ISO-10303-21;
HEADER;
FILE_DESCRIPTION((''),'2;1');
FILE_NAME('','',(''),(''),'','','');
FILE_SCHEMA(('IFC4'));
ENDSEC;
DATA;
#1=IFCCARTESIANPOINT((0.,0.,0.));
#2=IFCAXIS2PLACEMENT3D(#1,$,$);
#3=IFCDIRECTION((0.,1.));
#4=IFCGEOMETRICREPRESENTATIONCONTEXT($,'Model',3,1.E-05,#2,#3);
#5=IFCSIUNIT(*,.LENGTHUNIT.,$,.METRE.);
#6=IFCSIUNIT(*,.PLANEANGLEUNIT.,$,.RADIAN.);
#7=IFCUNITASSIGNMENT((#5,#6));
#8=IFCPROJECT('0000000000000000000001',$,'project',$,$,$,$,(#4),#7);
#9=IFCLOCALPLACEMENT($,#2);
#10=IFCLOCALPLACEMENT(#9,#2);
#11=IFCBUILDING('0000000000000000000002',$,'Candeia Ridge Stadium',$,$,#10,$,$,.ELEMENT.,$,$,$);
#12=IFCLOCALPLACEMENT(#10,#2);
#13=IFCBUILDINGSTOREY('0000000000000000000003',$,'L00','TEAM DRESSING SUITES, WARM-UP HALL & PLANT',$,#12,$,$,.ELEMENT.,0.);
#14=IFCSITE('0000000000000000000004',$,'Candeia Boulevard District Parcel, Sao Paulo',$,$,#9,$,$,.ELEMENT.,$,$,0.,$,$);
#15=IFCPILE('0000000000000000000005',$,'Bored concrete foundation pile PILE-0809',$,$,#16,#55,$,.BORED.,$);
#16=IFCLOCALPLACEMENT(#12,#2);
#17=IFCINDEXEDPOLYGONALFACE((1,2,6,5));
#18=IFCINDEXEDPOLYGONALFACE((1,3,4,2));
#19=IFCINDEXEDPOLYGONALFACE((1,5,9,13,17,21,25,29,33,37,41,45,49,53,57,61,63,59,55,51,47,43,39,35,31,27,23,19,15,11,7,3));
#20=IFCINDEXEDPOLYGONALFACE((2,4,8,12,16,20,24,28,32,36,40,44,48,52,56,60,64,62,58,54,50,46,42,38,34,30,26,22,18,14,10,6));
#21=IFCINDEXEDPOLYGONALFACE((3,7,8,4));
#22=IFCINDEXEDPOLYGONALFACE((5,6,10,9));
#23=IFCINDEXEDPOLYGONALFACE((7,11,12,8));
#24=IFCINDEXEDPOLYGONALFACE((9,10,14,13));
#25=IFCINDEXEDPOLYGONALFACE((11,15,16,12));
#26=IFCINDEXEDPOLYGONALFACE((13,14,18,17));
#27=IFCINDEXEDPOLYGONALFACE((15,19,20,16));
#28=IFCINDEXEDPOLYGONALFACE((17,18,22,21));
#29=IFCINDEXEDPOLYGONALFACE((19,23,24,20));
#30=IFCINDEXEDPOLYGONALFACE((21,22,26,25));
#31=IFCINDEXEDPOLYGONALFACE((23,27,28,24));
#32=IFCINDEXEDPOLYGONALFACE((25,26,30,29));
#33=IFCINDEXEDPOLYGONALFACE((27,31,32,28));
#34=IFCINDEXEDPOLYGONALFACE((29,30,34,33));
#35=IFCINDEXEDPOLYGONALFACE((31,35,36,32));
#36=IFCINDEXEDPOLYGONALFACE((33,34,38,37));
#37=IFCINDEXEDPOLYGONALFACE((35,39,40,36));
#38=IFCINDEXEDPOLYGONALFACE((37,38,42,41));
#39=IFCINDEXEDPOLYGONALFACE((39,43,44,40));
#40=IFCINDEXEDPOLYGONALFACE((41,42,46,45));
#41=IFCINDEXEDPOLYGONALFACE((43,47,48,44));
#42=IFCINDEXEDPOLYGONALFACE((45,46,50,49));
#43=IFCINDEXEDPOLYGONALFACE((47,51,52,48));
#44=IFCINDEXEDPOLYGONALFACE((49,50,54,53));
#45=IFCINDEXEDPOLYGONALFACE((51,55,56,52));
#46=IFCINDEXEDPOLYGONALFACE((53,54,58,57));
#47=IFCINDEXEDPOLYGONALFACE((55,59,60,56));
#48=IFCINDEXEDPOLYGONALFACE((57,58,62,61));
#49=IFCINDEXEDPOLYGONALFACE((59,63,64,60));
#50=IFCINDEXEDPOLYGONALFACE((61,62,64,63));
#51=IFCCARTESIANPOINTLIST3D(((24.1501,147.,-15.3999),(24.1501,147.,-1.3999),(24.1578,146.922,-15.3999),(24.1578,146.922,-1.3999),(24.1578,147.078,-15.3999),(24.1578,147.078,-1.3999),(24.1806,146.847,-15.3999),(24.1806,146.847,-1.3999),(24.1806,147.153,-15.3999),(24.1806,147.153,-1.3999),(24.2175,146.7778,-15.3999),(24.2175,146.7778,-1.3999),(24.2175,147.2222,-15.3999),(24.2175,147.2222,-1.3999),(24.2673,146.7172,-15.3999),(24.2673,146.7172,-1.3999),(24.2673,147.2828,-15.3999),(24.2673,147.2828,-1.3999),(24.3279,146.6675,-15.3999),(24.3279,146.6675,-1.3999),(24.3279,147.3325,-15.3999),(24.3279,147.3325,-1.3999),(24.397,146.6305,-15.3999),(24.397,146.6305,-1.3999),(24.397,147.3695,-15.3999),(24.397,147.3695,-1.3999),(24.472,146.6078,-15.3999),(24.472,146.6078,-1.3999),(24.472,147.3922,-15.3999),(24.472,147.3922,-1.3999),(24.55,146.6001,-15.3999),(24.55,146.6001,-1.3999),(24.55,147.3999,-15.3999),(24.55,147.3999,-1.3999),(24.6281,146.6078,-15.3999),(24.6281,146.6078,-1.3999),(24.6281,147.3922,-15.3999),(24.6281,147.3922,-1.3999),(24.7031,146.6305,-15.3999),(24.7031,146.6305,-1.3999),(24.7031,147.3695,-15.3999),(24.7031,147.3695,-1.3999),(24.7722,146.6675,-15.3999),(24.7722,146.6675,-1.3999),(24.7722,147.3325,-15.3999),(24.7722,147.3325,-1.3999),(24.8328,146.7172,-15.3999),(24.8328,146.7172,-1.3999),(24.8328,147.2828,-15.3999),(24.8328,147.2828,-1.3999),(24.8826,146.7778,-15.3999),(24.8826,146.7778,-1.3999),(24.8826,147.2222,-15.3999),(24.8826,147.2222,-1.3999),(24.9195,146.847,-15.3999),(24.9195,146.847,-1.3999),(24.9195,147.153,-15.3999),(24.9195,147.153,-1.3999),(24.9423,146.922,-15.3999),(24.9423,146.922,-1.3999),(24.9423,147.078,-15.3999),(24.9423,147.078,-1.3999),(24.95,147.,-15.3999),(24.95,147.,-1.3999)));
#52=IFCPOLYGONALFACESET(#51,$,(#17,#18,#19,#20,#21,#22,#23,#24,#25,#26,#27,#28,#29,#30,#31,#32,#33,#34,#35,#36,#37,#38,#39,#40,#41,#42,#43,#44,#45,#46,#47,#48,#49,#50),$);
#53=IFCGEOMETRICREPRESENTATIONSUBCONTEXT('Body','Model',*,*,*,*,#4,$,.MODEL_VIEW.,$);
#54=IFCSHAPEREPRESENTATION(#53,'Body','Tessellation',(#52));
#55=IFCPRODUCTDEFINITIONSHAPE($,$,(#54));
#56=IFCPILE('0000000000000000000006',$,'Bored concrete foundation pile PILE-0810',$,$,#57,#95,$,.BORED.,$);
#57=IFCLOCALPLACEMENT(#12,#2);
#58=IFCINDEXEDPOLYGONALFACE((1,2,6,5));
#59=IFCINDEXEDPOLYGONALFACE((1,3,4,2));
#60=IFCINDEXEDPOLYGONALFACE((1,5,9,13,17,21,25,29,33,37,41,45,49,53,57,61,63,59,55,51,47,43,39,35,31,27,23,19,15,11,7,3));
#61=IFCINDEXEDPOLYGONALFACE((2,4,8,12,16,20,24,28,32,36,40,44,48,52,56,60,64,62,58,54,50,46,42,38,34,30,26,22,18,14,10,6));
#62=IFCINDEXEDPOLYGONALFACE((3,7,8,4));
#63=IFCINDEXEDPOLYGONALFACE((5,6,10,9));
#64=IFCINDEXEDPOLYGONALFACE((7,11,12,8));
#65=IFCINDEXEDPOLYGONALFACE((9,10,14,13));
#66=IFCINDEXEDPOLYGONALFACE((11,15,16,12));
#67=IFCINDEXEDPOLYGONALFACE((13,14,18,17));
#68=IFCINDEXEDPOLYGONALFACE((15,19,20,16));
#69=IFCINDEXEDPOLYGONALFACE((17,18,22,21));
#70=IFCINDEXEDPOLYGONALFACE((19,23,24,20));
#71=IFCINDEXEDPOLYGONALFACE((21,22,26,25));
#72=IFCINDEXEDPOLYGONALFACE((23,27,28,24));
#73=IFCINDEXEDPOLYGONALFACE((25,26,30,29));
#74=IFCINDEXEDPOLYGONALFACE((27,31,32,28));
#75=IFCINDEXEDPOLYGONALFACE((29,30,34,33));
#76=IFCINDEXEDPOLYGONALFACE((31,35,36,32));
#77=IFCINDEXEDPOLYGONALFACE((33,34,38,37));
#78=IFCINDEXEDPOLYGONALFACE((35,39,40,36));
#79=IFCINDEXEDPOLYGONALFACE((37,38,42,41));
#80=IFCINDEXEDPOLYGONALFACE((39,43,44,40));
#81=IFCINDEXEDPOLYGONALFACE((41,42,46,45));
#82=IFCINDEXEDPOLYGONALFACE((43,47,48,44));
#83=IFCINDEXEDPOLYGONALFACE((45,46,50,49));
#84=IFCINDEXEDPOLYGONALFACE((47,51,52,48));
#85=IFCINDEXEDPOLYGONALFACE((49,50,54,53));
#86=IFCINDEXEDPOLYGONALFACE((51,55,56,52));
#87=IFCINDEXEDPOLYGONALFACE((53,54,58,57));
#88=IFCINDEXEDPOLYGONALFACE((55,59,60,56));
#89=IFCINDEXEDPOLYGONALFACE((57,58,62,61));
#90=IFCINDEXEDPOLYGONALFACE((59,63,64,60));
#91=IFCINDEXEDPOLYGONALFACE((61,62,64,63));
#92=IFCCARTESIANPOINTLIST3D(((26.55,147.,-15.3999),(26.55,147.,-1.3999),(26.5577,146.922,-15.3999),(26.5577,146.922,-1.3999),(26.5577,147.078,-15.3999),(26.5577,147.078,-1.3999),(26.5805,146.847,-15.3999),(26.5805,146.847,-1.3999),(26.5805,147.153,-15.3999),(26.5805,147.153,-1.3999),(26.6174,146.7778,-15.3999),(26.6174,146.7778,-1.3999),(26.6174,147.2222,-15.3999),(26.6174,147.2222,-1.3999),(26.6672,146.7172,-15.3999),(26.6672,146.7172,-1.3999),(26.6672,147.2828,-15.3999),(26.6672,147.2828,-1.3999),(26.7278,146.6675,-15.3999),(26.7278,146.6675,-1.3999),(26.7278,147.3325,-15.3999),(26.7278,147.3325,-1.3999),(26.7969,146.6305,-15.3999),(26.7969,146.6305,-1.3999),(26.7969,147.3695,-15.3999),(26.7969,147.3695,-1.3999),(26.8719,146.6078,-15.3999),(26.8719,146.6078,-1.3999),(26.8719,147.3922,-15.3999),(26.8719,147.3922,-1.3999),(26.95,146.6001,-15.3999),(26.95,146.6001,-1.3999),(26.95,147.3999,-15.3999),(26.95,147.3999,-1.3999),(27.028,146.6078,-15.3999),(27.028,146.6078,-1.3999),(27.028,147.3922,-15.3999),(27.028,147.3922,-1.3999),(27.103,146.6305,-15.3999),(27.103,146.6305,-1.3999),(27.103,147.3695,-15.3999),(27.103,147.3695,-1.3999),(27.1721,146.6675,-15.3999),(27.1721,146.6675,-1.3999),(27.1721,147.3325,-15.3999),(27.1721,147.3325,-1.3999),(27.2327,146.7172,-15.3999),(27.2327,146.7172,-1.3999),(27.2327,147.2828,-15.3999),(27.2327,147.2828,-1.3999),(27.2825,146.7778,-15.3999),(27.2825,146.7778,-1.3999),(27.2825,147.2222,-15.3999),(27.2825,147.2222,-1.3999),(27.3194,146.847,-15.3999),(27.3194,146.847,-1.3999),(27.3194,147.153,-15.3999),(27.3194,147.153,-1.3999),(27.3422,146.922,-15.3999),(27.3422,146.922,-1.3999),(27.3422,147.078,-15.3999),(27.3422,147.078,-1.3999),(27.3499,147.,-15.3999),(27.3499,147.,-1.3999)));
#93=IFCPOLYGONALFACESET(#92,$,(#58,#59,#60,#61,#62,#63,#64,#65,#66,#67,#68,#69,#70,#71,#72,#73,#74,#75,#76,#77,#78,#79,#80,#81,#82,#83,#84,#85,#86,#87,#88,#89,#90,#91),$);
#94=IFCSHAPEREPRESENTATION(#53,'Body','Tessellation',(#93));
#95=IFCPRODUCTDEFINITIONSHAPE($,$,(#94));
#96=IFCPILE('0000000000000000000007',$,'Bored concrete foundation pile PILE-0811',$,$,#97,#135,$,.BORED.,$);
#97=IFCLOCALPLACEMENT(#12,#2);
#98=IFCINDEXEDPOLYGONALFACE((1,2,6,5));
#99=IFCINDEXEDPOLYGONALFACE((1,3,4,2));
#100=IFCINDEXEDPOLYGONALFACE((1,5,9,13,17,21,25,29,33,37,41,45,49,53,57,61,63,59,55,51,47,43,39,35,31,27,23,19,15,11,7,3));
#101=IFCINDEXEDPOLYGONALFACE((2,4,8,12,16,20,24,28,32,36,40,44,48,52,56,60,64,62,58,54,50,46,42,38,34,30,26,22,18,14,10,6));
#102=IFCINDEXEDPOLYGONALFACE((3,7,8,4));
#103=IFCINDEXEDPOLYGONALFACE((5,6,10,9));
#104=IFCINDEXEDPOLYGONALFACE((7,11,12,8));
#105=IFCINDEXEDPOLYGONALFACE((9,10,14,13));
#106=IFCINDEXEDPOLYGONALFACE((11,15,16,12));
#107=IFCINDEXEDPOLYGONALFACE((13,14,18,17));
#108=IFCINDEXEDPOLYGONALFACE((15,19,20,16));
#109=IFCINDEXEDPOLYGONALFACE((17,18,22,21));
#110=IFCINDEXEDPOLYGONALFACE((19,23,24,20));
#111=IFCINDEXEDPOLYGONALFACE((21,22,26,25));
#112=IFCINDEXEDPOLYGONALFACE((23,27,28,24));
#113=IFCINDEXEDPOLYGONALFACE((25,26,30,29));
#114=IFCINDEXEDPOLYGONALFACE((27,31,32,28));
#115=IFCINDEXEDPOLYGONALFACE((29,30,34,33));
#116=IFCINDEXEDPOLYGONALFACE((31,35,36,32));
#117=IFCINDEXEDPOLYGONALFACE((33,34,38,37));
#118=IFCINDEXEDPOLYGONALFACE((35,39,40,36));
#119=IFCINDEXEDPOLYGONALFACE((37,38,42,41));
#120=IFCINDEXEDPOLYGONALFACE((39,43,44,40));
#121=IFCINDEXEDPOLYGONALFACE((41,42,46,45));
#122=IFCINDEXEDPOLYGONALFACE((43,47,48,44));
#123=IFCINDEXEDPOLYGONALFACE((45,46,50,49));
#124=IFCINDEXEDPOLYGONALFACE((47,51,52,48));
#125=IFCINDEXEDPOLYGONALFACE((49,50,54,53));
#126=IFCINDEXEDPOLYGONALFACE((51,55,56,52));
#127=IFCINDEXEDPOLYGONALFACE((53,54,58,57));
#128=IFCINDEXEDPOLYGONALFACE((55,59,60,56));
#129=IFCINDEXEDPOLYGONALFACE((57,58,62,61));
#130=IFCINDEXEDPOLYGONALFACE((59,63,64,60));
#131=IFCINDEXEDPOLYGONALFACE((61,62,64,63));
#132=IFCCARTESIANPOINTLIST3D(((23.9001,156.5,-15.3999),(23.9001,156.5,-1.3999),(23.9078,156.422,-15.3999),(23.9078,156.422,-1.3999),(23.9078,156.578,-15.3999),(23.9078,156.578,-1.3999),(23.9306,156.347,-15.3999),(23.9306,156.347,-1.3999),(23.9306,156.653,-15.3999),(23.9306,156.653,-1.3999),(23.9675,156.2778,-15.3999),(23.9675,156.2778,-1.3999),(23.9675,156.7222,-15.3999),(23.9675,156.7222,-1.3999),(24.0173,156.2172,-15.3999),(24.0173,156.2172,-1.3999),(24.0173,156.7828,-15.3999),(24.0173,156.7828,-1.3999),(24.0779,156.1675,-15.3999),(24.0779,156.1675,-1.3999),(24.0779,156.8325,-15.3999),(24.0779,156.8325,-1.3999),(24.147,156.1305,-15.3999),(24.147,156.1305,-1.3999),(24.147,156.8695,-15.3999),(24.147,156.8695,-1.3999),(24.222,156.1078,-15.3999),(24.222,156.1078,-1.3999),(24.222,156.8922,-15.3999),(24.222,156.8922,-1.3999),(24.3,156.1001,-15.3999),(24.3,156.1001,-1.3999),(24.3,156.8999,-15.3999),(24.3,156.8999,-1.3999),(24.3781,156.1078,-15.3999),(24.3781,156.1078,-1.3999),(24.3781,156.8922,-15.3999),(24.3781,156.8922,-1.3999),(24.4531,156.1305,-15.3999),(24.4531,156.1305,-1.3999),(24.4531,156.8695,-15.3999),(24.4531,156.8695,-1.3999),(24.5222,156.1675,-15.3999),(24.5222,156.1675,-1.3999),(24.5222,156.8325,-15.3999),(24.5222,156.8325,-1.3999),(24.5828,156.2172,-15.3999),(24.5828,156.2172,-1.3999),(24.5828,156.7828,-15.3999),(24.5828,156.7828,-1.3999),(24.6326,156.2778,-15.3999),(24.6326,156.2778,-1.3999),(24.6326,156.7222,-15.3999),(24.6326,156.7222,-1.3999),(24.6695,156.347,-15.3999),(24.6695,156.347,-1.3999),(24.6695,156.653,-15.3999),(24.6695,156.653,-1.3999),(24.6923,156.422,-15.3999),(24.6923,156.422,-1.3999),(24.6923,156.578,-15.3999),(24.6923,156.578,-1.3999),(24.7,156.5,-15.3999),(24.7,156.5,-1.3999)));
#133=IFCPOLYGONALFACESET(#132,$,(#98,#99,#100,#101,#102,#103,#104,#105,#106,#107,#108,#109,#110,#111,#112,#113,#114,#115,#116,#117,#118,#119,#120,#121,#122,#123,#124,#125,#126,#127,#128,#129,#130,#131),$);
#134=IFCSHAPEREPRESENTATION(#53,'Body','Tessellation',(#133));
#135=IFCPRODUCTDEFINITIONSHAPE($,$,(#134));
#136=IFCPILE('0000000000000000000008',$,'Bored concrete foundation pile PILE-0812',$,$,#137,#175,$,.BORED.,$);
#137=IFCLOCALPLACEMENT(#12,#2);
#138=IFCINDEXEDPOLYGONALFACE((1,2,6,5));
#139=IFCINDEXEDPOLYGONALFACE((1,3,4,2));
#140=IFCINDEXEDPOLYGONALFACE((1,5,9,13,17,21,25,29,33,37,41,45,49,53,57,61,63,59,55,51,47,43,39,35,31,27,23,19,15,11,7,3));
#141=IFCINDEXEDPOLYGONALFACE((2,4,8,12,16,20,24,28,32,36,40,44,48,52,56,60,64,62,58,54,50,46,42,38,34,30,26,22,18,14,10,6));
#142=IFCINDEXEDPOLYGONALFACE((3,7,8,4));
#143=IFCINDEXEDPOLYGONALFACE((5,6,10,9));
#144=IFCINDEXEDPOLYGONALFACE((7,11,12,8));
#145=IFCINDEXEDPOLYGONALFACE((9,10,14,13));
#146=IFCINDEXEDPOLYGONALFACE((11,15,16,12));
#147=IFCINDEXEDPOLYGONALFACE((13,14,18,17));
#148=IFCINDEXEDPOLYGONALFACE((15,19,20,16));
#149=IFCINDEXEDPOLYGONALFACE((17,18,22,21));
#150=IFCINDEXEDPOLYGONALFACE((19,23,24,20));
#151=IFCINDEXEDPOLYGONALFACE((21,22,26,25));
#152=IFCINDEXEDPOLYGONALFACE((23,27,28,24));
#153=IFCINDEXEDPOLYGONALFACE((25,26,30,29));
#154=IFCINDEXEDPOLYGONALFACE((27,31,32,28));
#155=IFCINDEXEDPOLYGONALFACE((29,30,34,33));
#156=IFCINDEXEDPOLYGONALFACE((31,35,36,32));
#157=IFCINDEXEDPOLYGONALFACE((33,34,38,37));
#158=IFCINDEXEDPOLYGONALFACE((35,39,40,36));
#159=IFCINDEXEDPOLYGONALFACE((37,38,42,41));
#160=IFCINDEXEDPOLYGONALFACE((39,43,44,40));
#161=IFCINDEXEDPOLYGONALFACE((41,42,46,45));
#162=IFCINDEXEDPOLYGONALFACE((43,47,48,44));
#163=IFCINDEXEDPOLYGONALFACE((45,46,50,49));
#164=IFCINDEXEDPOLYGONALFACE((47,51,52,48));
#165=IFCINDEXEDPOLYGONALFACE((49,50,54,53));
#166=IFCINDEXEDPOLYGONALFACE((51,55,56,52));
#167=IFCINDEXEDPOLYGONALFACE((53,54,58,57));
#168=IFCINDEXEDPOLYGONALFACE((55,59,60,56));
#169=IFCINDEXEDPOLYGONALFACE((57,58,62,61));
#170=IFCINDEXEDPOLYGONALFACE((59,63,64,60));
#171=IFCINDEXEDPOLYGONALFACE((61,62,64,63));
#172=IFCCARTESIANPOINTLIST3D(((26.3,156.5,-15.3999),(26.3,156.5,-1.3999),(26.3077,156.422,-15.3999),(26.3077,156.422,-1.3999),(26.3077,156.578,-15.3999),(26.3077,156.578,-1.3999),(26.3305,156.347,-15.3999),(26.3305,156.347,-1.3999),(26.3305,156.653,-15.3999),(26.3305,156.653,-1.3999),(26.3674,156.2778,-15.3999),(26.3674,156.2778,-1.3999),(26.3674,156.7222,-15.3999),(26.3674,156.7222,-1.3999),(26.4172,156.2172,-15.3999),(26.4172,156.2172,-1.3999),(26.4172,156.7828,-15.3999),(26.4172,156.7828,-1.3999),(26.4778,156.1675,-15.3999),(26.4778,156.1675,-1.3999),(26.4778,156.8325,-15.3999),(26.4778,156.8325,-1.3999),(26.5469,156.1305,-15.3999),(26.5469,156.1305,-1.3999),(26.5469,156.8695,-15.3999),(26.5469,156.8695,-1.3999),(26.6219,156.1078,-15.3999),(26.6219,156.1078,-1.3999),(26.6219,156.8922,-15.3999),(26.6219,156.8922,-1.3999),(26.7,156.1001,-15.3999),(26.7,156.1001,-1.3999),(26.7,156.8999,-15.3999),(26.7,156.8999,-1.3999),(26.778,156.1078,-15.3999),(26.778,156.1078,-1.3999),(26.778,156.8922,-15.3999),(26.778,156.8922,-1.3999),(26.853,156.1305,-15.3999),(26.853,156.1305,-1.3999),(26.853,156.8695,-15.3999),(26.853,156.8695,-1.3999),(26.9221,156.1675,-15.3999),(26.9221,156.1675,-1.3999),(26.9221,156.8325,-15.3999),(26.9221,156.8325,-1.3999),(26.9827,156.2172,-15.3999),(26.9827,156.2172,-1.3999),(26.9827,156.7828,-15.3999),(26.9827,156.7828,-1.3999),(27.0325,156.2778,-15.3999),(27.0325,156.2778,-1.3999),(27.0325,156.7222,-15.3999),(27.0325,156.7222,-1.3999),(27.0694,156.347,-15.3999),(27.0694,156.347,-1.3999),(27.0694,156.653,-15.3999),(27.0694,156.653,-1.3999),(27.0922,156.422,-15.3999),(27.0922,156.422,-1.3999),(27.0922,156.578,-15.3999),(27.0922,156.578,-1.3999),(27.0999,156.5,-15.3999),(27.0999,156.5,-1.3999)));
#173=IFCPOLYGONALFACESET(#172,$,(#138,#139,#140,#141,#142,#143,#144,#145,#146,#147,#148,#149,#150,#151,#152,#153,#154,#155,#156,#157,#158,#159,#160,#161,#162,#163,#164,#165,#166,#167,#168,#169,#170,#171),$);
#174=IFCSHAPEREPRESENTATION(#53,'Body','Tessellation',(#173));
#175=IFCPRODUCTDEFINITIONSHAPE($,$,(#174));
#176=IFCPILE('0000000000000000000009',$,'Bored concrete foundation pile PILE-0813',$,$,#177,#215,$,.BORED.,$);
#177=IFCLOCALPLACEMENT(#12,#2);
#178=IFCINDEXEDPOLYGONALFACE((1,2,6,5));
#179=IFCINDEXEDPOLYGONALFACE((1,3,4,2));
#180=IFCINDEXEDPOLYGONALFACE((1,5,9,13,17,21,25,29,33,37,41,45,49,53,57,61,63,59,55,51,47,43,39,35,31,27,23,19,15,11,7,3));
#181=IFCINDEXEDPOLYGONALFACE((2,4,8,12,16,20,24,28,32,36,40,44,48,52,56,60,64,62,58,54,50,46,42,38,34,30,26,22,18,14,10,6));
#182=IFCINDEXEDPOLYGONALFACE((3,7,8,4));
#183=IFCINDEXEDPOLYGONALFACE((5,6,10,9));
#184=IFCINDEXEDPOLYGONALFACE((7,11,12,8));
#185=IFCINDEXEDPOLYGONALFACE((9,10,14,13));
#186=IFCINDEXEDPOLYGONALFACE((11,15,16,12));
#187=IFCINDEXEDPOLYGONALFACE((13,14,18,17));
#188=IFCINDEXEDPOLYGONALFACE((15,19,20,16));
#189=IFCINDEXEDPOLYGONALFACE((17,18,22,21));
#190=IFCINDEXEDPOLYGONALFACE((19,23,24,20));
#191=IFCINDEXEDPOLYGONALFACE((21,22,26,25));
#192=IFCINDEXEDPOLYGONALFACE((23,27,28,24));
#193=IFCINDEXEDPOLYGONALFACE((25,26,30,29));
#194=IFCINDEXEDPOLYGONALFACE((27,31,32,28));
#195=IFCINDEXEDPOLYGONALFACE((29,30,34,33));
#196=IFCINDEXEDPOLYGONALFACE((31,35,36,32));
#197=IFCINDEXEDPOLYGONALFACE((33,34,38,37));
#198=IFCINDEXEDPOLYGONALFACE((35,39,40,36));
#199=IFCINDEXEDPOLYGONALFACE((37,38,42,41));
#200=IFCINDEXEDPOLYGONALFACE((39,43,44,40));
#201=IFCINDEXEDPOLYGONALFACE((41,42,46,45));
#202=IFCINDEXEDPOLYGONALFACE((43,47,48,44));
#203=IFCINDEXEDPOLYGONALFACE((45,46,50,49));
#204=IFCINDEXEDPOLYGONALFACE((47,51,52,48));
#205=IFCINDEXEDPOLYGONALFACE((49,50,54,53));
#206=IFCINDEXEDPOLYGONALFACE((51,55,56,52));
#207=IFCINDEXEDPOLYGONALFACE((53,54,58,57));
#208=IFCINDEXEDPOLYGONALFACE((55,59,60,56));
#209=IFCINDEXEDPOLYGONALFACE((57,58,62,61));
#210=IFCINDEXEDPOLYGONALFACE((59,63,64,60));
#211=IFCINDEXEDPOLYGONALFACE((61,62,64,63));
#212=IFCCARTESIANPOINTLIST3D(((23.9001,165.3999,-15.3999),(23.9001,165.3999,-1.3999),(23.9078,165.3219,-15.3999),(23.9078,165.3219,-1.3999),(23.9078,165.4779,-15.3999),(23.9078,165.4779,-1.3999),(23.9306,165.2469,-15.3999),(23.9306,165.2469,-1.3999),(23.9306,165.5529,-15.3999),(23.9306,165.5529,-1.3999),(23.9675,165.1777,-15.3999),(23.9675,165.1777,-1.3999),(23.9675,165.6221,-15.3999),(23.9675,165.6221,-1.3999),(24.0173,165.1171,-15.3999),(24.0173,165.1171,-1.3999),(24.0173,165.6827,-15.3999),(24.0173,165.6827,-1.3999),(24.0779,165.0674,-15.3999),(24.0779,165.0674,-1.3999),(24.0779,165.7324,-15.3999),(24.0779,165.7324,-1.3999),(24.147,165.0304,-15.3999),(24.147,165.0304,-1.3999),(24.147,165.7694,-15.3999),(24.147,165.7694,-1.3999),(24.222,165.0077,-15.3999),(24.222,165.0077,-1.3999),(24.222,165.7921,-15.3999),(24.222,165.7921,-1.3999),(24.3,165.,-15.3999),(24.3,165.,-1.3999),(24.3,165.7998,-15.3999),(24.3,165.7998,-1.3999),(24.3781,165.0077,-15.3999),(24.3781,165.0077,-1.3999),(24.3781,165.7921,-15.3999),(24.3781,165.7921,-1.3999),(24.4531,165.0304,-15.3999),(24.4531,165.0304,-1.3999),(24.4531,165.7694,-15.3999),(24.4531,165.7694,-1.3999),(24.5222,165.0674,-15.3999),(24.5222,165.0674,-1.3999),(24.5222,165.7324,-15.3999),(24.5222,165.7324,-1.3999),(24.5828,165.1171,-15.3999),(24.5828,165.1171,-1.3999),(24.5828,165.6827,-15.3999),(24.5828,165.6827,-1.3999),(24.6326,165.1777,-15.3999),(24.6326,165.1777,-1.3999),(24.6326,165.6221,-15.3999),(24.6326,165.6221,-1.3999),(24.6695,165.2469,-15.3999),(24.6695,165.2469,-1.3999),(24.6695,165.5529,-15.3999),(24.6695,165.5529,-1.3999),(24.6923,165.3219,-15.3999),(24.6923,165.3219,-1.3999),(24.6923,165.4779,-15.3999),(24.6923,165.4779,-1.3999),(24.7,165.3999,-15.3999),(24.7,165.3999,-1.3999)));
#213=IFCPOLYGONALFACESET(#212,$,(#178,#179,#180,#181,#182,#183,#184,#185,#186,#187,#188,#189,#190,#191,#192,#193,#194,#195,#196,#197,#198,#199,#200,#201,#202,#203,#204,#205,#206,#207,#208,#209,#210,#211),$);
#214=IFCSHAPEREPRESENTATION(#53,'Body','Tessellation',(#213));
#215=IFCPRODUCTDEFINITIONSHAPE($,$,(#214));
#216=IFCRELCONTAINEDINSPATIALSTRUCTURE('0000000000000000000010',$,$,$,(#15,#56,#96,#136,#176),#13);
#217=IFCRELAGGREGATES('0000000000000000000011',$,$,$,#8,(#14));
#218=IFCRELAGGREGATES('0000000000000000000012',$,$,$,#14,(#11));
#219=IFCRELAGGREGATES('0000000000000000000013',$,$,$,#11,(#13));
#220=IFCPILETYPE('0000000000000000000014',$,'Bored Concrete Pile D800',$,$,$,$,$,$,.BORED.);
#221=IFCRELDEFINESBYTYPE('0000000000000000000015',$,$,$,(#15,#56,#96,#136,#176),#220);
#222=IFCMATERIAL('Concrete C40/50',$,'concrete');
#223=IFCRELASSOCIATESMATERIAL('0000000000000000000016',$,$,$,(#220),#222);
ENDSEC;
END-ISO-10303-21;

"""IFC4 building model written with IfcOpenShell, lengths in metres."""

from ifc_helpers import new_model, si_unit, direction, frame, origin, origin_2d, place, context, subcontext, project, spatial, circle, extrude, material, material_profile, profile_set, type_object, element, save


model = new_model("IFC4")

# Units and contexts
model_context = context("Model", 3, precision=1e-05, world=origin(), true_north=direction((0.0, 1.0)))
body_context = subcontext(model_context, "Body", "Model", "MODEL_VIEW")
ifc_project = project(units=[si_unit("LENGTHUNIT", "METRE"), si_unit("PLANEANGLEUNIT", "RADIAN")], contexts=[model_context])

# Site, building, storey
site_placement = place(None, origin())
site = spatial("IfcSite", under=ifc_project, at=site_placement, Name="Candeia Boulevard District Parcel, Sao Paulo", CompositionType="ELEMENT", RefElevation=0.0)
building_placement = place(site_placement, origin())
building = spatial("IfcBuilding", under=site, at=building_placement, Name="Candeia Ridge Stadium", CompositionType="ELEMENT")
storey_placement = place(building_placement, origin())
storey = spatial("IfcBuildingStorey", under=building, at=storey_placement, Name="L00", Description="TEAM DRESSING SUITES, WARM-UP HALL & PLANT", CompositionType="ELEMENT", Elevation=0.0)

# Piles
ifc_material_1 = material(Name="Concrete C40/50", Category="concrete")
ifc_material_profile_1 = material_profile(ifc_material_1, circle(Radius=0.3999, at=origin_2d()), Name="PILE-D800", Category="concrete")
ifc_profile_set_1 = profile_set([ifc_material_profile_1], Name="Concrete C40/50")
pile_type = type_object("IfcPileType", Name="Bored Concrete Pile D800", PredefinedType="BORED", material=ifc_profile_set_1)
for number, where, z_axis, x_axis, name in (
    (1, (24.55, 147.0, -1.3999), (0.0, 0.0, -1.0), (1.0, 0.0, 0.0), "Bored concrete foundation pile PILE-0809"),
    (2, (26.95, 147.0, -1.3999), (0.0, 0.0, -1.0), (1.0, 0.0, 0.0), "Bored concrete foundation pile PILE-0810"),
    (3, (24.3, 156.5, -1.3999), (0.0, 0.0, -1.0), (1.0, 0.0, 0.0), "Bored concrete foundation pile PILE-0811"),
    (4, (26.7, 156.5, -1.3999), (0.0, 0.0, -1.0), (1.0, 0.0, 0.0), "Bored concrete foundation pile PILE-0812"),
    (5, (24.3, 165.3999, -1.3999), (0.0, 0.0, -1.0), (1.0, 0.0, 0.0), "Bored concrete foundation pile PILE-0813"),
):
    element("IfcPile", number, at=place(storey_placement, frame(where, z_axis=z_axis, x_axis=x_axis)), inside=storey, type_object=pile_type, Name=name, PredefinedType="BORED", context=body_context, shape_type="SweptSolid", body=[
        extrude(circle(Radius=0.3999, at=origin_2d()), origin(), (0.0, 0.0, 1.0), 14.0),
    ])

save(model, "model.ifc")
